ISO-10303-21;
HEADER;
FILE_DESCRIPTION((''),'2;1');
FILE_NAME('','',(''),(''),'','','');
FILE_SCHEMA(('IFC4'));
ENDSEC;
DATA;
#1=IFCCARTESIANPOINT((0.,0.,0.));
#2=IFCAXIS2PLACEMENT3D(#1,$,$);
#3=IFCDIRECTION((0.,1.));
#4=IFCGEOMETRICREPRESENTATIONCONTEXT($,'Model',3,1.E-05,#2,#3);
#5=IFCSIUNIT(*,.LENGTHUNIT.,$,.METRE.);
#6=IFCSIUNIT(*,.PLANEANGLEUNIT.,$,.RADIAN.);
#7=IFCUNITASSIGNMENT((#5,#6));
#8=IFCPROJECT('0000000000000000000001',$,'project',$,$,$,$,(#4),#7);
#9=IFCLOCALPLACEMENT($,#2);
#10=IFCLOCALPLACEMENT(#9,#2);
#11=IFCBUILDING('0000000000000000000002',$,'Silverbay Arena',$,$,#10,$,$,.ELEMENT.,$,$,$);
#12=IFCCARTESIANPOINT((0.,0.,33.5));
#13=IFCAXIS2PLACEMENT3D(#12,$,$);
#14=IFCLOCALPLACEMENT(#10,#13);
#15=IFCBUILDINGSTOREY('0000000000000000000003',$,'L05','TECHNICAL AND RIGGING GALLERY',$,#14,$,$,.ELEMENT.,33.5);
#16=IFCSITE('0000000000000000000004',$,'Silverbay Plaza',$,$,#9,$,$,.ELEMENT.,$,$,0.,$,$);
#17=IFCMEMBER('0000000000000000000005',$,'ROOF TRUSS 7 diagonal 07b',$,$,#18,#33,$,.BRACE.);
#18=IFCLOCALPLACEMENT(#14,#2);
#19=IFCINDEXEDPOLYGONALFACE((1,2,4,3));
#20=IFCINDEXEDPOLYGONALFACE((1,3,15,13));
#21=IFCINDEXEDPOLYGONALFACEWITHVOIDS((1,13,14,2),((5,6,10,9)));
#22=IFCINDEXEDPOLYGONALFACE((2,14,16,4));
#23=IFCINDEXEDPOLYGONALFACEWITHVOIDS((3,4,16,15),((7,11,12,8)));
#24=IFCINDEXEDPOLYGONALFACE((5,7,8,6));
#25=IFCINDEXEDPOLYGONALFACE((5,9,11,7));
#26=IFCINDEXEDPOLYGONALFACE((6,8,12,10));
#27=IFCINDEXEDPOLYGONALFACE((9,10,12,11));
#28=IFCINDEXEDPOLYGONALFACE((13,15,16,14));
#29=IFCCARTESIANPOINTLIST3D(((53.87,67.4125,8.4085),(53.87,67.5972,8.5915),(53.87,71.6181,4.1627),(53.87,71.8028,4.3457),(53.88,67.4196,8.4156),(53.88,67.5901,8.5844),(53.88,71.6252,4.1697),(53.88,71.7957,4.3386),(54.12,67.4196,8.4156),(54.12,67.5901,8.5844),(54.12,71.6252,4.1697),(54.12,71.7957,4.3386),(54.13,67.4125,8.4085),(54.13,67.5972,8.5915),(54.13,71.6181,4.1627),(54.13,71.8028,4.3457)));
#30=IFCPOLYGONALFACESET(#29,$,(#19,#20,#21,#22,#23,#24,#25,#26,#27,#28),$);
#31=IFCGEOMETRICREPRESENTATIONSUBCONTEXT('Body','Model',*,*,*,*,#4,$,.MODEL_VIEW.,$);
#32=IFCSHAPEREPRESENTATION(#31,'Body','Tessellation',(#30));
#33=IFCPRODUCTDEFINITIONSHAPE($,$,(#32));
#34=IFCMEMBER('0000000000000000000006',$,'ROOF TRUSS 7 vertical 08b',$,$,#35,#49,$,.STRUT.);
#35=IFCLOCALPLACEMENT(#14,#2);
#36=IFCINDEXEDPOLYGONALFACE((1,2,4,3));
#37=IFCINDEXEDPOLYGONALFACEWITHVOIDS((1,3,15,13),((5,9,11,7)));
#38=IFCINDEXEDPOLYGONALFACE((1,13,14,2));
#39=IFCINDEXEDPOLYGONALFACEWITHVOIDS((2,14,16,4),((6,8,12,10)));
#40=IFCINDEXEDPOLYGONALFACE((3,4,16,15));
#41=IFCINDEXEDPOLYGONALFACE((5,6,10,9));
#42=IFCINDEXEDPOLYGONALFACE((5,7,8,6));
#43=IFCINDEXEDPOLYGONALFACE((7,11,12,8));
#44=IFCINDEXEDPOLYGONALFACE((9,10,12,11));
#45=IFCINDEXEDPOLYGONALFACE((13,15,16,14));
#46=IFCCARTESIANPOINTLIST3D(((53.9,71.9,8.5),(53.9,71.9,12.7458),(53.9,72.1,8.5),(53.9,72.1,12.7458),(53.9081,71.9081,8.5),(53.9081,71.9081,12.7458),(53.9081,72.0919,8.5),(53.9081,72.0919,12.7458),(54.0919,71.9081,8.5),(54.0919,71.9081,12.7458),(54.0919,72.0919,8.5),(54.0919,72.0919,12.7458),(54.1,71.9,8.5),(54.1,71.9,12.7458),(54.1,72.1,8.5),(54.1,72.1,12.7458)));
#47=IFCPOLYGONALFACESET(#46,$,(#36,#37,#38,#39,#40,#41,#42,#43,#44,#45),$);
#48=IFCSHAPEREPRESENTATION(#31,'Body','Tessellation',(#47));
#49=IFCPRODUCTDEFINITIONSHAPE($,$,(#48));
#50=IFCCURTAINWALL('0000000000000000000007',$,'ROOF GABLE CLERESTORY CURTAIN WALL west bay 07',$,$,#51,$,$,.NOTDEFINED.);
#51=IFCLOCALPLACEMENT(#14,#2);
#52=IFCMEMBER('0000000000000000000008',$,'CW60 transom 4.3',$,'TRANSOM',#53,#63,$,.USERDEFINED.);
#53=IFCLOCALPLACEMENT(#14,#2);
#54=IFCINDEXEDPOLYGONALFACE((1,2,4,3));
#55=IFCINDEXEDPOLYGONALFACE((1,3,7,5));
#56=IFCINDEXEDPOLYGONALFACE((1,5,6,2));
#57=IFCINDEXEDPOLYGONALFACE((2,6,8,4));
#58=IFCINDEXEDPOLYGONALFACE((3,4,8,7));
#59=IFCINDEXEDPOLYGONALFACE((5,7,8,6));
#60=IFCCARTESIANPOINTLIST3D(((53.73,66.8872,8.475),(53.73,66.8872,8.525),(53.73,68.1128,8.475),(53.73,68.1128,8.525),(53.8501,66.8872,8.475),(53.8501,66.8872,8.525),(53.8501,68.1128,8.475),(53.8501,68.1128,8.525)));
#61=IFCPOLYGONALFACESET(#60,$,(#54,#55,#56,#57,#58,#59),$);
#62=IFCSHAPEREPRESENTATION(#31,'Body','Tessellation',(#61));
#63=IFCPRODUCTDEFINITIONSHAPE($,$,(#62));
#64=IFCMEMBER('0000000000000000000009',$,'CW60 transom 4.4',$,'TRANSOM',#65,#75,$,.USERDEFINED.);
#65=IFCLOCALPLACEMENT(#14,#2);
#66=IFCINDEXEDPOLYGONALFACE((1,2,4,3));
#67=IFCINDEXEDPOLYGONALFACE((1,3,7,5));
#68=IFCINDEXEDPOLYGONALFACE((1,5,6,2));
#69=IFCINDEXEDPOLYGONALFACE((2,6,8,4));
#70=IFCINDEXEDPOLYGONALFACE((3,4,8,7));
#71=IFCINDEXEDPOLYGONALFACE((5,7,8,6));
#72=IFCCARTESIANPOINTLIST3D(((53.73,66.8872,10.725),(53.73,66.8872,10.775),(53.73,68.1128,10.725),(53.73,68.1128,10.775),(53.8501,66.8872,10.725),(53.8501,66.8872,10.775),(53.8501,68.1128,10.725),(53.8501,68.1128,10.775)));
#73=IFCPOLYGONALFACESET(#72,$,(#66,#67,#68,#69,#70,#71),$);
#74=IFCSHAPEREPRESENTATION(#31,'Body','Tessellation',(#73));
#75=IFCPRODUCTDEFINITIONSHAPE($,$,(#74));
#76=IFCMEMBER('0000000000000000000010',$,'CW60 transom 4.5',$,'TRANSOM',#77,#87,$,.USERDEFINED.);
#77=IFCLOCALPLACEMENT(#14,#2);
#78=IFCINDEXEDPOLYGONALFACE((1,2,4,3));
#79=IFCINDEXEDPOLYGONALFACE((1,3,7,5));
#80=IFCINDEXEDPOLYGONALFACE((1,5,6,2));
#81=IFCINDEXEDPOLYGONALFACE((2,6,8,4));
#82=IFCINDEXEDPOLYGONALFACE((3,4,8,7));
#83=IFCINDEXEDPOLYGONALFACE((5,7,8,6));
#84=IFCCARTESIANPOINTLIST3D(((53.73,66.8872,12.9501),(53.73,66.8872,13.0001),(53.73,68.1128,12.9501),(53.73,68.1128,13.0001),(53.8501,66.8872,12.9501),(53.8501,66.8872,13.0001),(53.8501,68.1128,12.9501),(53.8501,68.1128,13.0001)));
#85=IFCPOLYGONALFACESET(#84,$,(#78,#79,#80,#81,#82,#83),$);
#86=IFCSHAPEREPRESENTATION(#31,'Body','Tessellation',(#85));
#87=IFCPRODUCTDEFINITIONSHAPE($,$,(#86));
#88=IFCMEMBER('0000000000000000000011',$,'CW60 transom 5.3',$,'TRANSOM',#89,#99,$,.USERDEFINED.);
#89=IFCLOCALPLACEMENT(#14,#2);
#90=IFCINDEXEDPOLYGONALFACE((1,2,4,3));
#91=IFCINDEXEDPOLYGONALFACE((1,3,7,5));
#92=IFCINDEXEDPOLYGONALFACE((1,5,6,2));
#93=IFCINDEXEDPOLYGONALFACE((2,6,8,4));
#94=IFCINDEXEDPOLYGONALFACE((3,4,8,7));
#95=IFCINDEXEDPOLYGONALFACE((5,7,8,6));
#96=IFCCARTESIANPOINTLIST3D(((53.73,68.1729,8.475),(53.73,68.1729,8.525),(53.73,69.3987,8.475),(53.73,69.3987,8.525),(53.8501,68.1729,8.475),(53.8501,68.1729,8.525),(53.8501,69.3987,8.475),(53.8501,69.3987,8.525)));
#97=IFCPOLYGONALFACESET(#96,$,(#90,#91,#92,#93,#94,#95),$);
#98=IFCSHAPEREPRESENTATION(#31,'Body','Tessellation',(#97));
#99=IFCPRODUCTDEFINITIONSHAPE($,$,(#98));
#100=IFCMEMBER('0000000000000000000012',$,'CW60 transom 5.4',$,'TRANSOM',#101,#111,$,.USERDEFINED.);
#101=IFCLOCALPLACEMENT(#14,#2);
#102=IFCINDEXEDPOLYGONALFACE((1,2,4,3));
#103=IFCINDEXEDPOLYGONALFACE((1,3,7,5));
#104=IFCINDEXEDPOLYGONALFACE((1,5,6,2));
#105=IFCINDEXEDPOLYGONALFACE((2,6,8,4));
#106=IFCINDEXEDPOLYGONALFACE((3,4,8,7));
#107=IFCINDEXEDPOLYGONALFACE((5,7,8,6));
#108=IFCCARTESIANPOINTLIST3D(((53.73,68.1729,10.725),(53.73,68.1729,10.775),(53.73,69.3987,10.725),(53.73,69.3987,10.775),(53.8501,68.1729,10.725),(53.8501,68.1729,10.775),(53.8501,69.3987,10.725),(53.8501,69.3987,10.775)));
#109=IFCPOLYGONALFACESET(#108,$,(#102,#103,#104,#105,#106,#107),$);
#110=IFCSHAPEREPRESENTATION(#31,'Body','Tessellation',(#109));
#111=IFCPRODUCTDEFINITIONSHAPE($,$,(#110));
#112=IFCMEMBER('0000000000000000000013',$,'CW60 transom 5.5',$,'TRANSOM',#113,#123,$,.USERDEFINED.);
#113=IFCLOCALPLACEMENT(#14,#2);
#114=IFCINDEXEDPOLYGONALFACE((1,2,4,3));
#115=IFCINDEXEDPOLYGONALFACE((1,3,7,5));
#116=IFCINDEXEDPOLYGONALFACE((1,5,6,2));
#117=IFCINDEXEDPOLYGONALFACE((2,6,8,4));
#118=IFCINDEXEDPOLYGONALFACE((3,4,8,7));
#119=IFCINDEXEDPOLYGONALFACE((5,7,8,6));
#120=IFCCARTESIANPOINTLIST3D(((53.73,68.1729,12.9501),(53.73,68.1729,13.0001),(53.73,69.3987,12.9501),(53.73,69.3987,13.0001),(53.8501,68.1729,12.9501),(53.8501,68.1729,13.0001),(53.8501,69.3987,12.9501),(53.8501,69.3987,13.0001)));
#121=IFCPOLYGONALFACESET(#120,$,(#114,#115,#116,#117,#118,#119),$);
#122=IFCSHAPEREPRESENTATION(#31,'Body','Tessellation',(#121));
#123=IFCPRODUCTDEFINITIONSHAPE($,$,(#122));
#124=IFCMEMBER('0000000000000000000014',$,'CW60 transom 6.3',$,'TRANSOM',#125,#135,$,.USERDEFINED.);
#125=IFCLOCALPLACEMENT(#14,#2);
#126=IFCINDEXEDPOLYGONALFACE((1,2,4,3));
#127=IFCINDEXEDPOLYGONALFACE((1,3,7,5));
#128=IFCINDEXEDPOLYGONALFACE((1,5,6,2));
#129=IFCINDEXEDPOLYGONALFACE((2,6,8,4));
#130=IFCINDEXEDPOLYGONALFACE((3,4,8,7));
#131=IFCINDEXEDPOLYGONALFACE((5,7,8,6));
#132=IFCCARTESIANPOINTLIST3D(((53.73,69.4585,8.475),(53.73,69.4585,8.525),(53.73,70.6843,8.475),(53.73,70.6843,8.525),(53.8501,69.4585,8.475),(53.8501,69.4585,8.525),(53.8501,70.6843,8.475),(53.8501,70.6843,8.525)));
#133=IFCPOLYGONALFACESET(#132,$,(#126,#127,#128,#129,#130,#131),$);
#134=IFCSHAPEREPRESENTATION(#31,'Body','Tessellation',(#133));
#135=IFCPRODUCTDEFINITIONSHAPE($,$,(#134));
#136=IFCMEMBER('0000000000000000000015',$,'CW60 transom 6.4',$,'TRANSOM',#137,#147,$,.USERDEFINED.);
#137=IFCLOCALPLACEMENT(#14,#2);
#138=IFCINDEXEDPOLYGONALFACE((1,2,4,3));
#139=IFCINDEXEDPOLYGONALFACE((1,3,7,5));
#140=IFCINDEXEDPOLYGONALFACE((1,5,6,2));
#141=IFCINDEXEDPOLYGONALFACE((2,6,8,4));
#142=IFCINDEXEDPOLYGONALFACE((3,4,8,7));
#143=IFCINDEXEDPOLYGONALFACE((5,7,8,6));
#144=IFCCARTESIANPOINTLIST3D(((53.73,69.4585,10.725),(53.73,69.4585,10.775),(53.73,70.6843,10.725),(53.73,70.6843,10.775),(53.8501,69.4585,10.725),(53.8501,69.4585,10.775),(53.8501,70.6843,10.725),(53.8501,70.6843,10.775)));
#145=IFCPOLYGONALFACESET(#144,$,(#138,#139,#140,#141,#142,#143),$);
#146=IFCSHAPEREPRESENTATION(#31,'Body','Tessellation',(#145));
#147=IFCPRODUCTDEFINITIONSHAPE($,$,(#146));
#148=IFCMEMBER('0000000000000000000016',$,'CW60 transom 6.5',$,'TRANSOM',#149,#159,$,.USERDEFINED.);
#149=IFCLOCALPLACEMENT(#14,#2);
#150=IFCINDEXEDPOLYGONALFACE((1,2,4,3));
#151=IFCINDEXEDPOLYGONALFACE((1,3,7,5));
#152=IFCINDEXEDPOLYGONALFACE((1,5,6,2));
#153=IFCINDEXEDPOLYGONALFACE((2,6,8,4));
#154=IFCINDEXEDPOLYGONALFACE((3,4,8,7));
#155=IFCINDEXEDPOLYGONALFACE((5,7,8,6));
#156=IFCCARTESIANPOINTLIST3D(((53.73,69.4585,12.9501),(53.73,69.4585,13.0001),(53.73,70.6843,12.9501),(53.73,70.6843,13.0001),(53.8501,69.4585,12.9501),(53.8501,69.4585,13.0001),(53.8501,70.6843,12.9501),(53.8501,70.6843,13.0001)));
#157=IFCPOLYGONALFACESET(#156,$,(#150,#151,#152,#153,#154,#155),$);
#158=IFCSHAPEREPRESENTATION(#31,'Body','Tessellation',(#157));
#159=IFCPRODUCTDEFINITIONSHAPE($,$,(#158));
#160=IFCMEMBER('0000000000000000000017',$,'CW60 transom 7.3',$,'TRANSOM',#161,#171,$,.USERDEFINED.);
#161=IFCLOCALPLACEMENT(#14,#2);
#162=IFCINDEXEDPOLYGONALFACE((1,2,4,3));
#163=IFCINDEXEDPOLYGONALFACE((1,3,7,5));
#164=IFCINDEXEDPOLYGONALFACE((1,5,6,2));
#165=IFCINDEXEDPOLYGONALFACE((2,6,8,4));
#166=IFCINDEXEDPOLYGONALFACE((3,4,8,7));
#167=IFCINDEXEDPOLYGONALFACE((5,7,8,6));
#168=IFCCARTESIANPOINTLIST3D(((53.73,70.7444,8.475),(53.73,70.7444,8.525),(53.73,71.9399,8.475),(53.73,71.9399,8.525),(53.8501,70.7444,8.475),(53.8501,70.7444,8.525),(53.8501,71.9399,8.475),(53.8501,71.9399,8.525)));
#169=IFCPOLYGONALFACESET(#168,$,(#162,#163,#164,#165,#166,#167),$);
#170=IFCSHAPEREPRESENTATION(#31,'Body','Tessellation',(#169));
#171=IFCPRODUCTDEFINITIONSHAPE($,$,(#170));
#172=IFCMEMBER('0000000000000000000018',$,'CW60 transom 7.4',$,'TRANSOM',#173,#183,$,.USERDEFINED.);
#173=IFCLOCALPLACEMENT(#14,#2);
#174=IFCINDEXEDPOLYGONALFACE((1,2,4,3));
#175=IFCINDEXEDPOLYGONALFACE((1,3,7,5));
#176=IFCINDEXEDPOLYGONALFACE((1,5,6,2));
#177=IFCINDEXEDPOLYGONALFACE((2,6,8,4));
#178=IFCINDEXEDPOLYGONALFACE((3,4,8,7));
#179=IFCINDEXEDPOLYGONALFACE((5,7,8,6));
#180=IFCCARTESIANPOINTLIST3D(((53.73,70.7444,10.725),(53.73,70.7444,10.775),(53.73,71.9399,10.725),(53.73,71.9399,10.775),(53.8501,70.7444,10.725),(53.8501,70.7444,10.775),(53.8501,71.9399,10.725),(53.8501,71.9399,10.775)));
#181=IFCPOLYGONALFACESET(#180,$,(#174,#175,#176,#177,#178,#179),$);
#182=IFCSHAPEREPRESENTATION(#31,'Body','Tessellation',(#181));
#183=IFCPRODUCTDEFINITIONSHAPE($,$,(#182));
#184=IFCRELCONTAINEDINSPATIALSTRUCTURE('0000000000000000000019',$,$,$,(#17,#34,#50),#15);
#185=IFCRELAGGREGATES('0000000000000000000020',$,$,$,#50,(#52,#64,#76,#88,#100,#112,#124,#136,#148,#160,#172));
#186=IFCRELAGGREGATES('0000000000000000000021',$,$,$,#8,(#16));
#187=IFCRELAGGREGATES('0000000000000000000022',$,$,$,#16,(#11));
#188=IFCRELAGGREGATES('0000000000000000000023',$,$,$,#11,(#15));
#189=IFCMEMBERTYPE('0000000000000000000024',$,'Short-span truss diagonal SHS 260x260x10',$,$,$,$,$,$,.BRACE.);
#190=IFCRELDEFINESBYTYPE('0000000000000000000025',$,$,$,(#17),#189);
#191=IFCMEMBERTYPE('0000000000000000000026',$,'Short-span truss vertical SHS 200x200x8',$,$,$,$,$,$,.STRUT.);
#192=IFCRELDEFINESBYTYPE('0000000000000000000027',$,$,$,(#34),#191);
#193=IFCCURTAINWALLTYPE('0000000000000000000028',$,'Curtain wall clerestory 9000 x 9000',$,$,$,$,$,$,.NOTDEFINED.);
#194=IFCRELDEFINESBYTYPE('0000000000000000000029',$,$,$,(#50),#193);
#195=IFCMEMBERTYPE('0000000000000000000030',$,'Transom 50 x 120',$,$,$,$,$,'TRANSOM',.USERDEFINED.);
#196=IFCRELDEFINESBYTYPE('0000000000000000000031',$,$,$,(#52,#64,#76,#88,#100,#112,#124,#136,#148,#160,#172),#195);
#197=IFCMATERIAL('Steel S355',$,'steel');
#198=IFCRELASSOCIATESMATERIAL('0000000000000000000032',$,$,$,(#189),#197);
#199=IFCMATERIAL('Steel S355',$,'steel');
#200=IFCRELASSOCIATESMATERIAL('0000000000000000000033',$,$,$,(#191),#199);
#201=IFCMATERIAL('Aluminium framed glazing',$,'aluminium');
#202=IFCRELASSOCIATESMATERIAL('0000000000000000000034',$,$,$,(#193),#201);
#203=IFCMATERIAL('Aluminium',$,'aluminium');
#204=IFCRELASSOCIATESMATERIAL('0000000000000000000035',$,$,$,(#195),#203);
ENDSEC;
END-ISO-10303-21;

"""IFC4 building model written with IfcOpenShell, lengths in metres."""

from ifc_helpers import new_model, si_unit, direction, frame, origin, origin_2d, place, context, subcontext, project, spatial, rectangle, hollow_rectangle, extrude, material, material_profile, profile_set, type_object, element, aggregate, save


model = new_model("IFC4")

# Units and contexts
model_context = context("Model", 3, precision=1e-05, world=origin(), true_north=direction((0.0, 1.0)))
body_context = subcontext(model_context, "Body", "Model", "MODEL_VIEW")
ifc_project = project(units=[si_unit("LENGTHUNIT", "METRE"), si_unit("PLANEANGLEUNIT", "RADIAN")], contexts=[model_context])

# Site, building, storey
site_placement = place(None, origin())
site = spatial("IfcSite", under=ifc_project, at=site_placement, Name="Silverbay Plaza", CompositionType="ELEMENT", RefElevation=0.0)
building_placement = place(site_placement, origin())
building = spatial("IfcBuilding", under=site, at=building_placement, Name="Silverbay Arena", CompositionType="ELEMENT")
storey_placement = place(building_placement, frame((0.0, 0.0, 33.5)))
storey = spatial("IfcBuildingStorey", under=building, at=storey_placement, Name="L05", Description="TECHNICAL AND RIGGING GALLERY", CompositionType="ELEMENT", Elevation=33.5)

# Members
ifc_material_1 = material(Name="Steel S355", Category="steel")
ifc_material_profile_1 = material_profile(ifc_material_1, hollow_rectangle(XDim=0.26, YDim=0.26, WallThickness=0.01, at=origin_2d()), Name="SHS 260x260x10")
ifc_profile_set_1 = profile_set([ifc_material_profile_1], Name="Steel S355")
member_type_1 = type_object("IfcMemberType", Name="Short-span truss diagonal SHS 260x260x10", PredefinedType="BRACE", material=ifc_profile_set_1)
member_1_placement = place(storey_placement, frame((54.0, 67.5049, 8.5), z_axis=(0.0, 0.703728, -0.710469), x_axis=(-1.0, 0.0, 0.0)))
element("IfcMember", 1, at=member_1_placement, inside=storey, type_object=member_type_1, Name="ROOF TRUSS 7 diagonal 07b", PredefinedType="BRACE", context=body_context, shape_type="SweptSolid", body=[
    extrude(hollow_rectangle(XDim=0.26, YDim=0.26, WallThickness=0.01, at=origin_2d()), origin(), (0.0, 0.0, 1.0), 5.9761),
])
ifc_material_2 = material(Name="Steel S355", Category="steel")
ifc_material_profile_2 = material_profile(ifc_material_2, hollow_rectangle(XDim=0.2, YDim=0.2, WallThickness=0.0081, at=origin_2d()), Name="SHS 200x200x8")
ifc_profile_set_2 = profile_set([ifc_material_profile_2], Name="Steel S355")
member_type_2 = type_object("IfcMemberType", Name="Short-span truss vertical SHS 200x200x8", PredefinedType="STRUT", material=ifc_profile_set_2)
member_2_placement = place(storey_placement, frame((54.0, 72.0, 8.5), z_axis=(0.0, 0.0, 1.0), x_axis=(1.0, 0.0, 0.0)))
element("IfcMember", 2, at=member_2_placement, inside=storey, type_object=member_type_2, Name="ROOF TRUSS 7 vertical 08b", PredefinedType="STRUT", context=body_context, shape_type="SweptSolid", body=[
    extrude(hollow_rectangle(XDim=0.2, YDim=0.2, WallThickness=0.0081, at=origin_2d()), origin(), (0.0, 0.0, 1.0), 4.2458),
])

# Curtain wall, members
ifc_material_3 = material(Name="Aluminium framed glazing", Category="aluminium")
curtain_wall_type = type_object("IfcCurtainWallType", Name="Curtain wall clerestory 9000 x 9000", PredefinedType="NOTDEFINED", material=ifc_material_3)
curtain_wall_placement = place(storey_placement, origin())
curtain_wall = element("IfcCurtainWall", 3, at=curtain_wall_placement, inside=storey, type_object=curtain_wall_type, Name="ROOF GABLE CLERESTORY CURTAIN WALL west bay 07", PredefinedType="NOTDEFINED")
ifc_material_4 = material(Name="Aluminium", Category="aluminium")
ifc_material_profile_3 = material_profile(ifc_material_4, rectangle(XDim=0.1201, YDim=0.05, at=origin_2d()), Name="Transom 50 x 120")
ifc_profile_set_3 = profile_set([ifc_material_profile_3], Name="Aluminium")
member_type_3 = type_object("IfcMemberType", Name="Transom 50 x 120", ElementType="TRANSOM", PredefinedType="USERDEFINED", material=ifc_profile_set_3)
member_3_placement = place(storey_placement, frame((53.79, 66.8872, 8.5), z_axis=(0.0, 1.0, 0.0), x_axis=(-1.0, 0.0, 0.0)))
member_3 = element("IfcMember", 4, at=member_3_placement, type_object=member_type_3, Name="CW60 transom 4.3", ObjectType="TRANSOM", PredefinedType="USERDEFINED", context=body_context, shape_type="SweptSolid", body=[
    extrude(rectangle(XDim=0.1201, YDim=0.05, at=origin_2d()), origin(), (0.0, 0.0, 1.0), 1.2256),
])
member_4_placement = place(storey_placement, frame((53.79, 66.8872, 10.75), z_axis=(0.0, 1.0, 0.0), x_axis=(-1.0, 0.0, 0.0)))
member_4 = element("IfcMember", 5, at=member_4_placement, type_object=member_type_3, Name="CW60 transom 4.4", ObjectType="TRANSOM", PredefinedType="USERDEFINED", context=body_context, shape_type="SweptSolid", body=[
    extrude(rectangle(XDim=0.1201, YDim=0.05, at=origin_2d()), origin(), (0.0, 0.0, 1.0), 1.2256),
])
member_5_placement = place(storey_placement, frame((53.79, 66.8872, 12.9751), z_axis=(0.0, 1.0, 0.0), x_axis=(-1.0, 0.0, 0.0)))
member_5 = element("IfcMember", 6, at=member_5_placement, type_object=member_type_3, Name="CW60 transom 4.5", ObjectType="TRANSOM", PredefinedType="USERDEFINED", context=body_context, shape_type="SweptSolid", body=[
    extrude(rectangle(XDim=0.1201, YDim=0.05, at=origin_2d()), origin(), (0.0, 0.0, 1.0), 1.2256),
])
member_6_placement = place(storey_placement, frame((53.79, 68.1729, 8.5), z_axis=(0.0, 1.0, 0.0), x_axis=(-1.0, 0.0, 0.0)))
member_6 = element("IfcMember", 7, at=member_6_placement, type_object=member_type_3, Name="CW60 transom 5.3", ObjectType="TRANSOM", PredefinedType="USERDEFINED", context=body_context, shape_type="SweptSolid", body=[
    extrude(rectangle(XDim=0.1201, YDim=0.05, at=origin_2d()), origin(), (0.0, 0.0, 1.0), 1.2258),
])
member_7_placement = place(storey_placement, frame((53.79, 68.1729, 10.75), z_axis=(0.0, 1.0, 0.0), x_axis=(-1.0, 0.0, 0.0)))
member_7 = element("IfcMember", 8, at=member_7_placement, type_object=member_type_3, Name="CW60 transom 5.4", ObjectType="TRANSOM", PredefinedType="USERDEFINED", context=body_context, shape_type="SweptSolid", body=[
    extrude(rectangle(XDim=0.1201, YDim=0.05, at=origin_2d()), origin(), (0.0, 0.0, 1.0), 1.2258),
])
member_8_placement = place(storey_placement, frame((53.79, 68.1729, 12.9751), z_axis=(0.0, 1.0, 0.0), x_axis=(-1.0, 0.0, 0.0)))
member_8 = element("IfcMember", 9, at=member_8_placement, type_object=member_type_3, Name="CW60 transom 5.5", ObjectType="TRANSOM", PredefinedType="USERDEFINED", context=body_context, shape_type="SweptSolid", body=[
    extrude(rectangle(XDim=0.1201, YDim=0.05, at=origin_2d()), origin(), (0.0, 0.0, 1.0), 1.2258),
])
member_9_placement = place(storey_placement, frame((53.79, 69.4585, 8.5), z_axis=(0.0, 1.0, 0.0), x_axis=(-1.0, 0.0, 0.0)))
member_9 = element("IfcMember", 10, at=member_9_placement, type_object=member_type_3, Name="CW60 transom 6.3", ObjectType="TRANSOM", PredefinedType="USERDEFINED", context=body_context, shape_type="SweptSolid", body=[
    extrude(rectangle(XDim=0.1201, YDim=0.05, at=origin_2d()), origin(), (0.0, 0.0, 1.0), 1.2258),
])
member_10_placement = place(storey_placement, frame((53.79, 69.4585, 10.75), z_axis=(0.0, 1.0, 0.0), x_axis=(-1.0, 0.0, 0.0)))
member_10 = element("IfcMember", 11, at=member_10_placement, type_object=member_type_3, Name="CW60 transom 6.4", ObjectType="TRANSOM", PredefinedType="USERDEFINED", context=body_context, shape_type="SweptSolid", body=[
    extrude(rectangle(XDim=0.1201, YDim=0.05, at=origin_2d()), origin(), (0.0, 0.0, 1.0), 1.2258),
])
member_11_placement = place(storey_placement, frame((53.79, 69.4585, 12.9751), z_axis=(0.0, 1.0, 0.0), x_axis=(-1.0, 0.0, 0.0)))
member_11 = element("IfcMember", 12, at=member_11_placement, type_object=member_type_3, Name="CW60 transom 6.5", ObjectType="TRANSOM", PredefinedType="USERDEFINED", context=body_context, shape_type="SweptSolid", body=[
    extrude(rectangle(XDim=0.1201, YDim=0.05, at=origin_2d()), origin(), (0.0, 0.0, 1.0), 1.2258),
])
member_12_placement = place(storey_placement, frame((53.79, 70.7444, 8.5), z_axis=(0.0, 1.0, 0.0), x_axis=(-1.0, 0.0, 0.0)))
member_12 = element("IfcMember", 13, at=member_12_placement, type_object=member_type_3, Name="CW60 transom 7.3", ObjectType="TRANSOM", PredefinedType="USERDEFINED", context=body_context, shape_type="SweptSolid", body=[
    extrude(rectangle(XDim=0.1201, YDim=0.05, at=origin_2d()), origin(), (0.0, 0.0, 1.0), 1.1956),
])
member_13_placement = place(storey_placement, frame((53.79, 70.7444, 10.75), z_axis=(0.0, 1.0, 0.0), x_axis=(-1.0, 0.0, 0.0)))
member_13 = element("IfcMember", 14, at=member_13_placement, type_object=member_type_3, Name="CW60 transom 7.4", ObjectType="TRANSOM", PredefinedType="USERDEFINED", context=body_context, shape_type="SweptSolid", body=[
    extrude(rectangle(XDim=0.1201, YDim=0.05, at=origin_2d()), origin(), (0.0, 0.0, 1.0), 1.1956),
])
aggregate(curtain_wall, [member_3, member_4, member_5, member_6, member_7, member_8, member_9, member_10, member_11, member_12, member_13])

save(model, "model.ifc")
